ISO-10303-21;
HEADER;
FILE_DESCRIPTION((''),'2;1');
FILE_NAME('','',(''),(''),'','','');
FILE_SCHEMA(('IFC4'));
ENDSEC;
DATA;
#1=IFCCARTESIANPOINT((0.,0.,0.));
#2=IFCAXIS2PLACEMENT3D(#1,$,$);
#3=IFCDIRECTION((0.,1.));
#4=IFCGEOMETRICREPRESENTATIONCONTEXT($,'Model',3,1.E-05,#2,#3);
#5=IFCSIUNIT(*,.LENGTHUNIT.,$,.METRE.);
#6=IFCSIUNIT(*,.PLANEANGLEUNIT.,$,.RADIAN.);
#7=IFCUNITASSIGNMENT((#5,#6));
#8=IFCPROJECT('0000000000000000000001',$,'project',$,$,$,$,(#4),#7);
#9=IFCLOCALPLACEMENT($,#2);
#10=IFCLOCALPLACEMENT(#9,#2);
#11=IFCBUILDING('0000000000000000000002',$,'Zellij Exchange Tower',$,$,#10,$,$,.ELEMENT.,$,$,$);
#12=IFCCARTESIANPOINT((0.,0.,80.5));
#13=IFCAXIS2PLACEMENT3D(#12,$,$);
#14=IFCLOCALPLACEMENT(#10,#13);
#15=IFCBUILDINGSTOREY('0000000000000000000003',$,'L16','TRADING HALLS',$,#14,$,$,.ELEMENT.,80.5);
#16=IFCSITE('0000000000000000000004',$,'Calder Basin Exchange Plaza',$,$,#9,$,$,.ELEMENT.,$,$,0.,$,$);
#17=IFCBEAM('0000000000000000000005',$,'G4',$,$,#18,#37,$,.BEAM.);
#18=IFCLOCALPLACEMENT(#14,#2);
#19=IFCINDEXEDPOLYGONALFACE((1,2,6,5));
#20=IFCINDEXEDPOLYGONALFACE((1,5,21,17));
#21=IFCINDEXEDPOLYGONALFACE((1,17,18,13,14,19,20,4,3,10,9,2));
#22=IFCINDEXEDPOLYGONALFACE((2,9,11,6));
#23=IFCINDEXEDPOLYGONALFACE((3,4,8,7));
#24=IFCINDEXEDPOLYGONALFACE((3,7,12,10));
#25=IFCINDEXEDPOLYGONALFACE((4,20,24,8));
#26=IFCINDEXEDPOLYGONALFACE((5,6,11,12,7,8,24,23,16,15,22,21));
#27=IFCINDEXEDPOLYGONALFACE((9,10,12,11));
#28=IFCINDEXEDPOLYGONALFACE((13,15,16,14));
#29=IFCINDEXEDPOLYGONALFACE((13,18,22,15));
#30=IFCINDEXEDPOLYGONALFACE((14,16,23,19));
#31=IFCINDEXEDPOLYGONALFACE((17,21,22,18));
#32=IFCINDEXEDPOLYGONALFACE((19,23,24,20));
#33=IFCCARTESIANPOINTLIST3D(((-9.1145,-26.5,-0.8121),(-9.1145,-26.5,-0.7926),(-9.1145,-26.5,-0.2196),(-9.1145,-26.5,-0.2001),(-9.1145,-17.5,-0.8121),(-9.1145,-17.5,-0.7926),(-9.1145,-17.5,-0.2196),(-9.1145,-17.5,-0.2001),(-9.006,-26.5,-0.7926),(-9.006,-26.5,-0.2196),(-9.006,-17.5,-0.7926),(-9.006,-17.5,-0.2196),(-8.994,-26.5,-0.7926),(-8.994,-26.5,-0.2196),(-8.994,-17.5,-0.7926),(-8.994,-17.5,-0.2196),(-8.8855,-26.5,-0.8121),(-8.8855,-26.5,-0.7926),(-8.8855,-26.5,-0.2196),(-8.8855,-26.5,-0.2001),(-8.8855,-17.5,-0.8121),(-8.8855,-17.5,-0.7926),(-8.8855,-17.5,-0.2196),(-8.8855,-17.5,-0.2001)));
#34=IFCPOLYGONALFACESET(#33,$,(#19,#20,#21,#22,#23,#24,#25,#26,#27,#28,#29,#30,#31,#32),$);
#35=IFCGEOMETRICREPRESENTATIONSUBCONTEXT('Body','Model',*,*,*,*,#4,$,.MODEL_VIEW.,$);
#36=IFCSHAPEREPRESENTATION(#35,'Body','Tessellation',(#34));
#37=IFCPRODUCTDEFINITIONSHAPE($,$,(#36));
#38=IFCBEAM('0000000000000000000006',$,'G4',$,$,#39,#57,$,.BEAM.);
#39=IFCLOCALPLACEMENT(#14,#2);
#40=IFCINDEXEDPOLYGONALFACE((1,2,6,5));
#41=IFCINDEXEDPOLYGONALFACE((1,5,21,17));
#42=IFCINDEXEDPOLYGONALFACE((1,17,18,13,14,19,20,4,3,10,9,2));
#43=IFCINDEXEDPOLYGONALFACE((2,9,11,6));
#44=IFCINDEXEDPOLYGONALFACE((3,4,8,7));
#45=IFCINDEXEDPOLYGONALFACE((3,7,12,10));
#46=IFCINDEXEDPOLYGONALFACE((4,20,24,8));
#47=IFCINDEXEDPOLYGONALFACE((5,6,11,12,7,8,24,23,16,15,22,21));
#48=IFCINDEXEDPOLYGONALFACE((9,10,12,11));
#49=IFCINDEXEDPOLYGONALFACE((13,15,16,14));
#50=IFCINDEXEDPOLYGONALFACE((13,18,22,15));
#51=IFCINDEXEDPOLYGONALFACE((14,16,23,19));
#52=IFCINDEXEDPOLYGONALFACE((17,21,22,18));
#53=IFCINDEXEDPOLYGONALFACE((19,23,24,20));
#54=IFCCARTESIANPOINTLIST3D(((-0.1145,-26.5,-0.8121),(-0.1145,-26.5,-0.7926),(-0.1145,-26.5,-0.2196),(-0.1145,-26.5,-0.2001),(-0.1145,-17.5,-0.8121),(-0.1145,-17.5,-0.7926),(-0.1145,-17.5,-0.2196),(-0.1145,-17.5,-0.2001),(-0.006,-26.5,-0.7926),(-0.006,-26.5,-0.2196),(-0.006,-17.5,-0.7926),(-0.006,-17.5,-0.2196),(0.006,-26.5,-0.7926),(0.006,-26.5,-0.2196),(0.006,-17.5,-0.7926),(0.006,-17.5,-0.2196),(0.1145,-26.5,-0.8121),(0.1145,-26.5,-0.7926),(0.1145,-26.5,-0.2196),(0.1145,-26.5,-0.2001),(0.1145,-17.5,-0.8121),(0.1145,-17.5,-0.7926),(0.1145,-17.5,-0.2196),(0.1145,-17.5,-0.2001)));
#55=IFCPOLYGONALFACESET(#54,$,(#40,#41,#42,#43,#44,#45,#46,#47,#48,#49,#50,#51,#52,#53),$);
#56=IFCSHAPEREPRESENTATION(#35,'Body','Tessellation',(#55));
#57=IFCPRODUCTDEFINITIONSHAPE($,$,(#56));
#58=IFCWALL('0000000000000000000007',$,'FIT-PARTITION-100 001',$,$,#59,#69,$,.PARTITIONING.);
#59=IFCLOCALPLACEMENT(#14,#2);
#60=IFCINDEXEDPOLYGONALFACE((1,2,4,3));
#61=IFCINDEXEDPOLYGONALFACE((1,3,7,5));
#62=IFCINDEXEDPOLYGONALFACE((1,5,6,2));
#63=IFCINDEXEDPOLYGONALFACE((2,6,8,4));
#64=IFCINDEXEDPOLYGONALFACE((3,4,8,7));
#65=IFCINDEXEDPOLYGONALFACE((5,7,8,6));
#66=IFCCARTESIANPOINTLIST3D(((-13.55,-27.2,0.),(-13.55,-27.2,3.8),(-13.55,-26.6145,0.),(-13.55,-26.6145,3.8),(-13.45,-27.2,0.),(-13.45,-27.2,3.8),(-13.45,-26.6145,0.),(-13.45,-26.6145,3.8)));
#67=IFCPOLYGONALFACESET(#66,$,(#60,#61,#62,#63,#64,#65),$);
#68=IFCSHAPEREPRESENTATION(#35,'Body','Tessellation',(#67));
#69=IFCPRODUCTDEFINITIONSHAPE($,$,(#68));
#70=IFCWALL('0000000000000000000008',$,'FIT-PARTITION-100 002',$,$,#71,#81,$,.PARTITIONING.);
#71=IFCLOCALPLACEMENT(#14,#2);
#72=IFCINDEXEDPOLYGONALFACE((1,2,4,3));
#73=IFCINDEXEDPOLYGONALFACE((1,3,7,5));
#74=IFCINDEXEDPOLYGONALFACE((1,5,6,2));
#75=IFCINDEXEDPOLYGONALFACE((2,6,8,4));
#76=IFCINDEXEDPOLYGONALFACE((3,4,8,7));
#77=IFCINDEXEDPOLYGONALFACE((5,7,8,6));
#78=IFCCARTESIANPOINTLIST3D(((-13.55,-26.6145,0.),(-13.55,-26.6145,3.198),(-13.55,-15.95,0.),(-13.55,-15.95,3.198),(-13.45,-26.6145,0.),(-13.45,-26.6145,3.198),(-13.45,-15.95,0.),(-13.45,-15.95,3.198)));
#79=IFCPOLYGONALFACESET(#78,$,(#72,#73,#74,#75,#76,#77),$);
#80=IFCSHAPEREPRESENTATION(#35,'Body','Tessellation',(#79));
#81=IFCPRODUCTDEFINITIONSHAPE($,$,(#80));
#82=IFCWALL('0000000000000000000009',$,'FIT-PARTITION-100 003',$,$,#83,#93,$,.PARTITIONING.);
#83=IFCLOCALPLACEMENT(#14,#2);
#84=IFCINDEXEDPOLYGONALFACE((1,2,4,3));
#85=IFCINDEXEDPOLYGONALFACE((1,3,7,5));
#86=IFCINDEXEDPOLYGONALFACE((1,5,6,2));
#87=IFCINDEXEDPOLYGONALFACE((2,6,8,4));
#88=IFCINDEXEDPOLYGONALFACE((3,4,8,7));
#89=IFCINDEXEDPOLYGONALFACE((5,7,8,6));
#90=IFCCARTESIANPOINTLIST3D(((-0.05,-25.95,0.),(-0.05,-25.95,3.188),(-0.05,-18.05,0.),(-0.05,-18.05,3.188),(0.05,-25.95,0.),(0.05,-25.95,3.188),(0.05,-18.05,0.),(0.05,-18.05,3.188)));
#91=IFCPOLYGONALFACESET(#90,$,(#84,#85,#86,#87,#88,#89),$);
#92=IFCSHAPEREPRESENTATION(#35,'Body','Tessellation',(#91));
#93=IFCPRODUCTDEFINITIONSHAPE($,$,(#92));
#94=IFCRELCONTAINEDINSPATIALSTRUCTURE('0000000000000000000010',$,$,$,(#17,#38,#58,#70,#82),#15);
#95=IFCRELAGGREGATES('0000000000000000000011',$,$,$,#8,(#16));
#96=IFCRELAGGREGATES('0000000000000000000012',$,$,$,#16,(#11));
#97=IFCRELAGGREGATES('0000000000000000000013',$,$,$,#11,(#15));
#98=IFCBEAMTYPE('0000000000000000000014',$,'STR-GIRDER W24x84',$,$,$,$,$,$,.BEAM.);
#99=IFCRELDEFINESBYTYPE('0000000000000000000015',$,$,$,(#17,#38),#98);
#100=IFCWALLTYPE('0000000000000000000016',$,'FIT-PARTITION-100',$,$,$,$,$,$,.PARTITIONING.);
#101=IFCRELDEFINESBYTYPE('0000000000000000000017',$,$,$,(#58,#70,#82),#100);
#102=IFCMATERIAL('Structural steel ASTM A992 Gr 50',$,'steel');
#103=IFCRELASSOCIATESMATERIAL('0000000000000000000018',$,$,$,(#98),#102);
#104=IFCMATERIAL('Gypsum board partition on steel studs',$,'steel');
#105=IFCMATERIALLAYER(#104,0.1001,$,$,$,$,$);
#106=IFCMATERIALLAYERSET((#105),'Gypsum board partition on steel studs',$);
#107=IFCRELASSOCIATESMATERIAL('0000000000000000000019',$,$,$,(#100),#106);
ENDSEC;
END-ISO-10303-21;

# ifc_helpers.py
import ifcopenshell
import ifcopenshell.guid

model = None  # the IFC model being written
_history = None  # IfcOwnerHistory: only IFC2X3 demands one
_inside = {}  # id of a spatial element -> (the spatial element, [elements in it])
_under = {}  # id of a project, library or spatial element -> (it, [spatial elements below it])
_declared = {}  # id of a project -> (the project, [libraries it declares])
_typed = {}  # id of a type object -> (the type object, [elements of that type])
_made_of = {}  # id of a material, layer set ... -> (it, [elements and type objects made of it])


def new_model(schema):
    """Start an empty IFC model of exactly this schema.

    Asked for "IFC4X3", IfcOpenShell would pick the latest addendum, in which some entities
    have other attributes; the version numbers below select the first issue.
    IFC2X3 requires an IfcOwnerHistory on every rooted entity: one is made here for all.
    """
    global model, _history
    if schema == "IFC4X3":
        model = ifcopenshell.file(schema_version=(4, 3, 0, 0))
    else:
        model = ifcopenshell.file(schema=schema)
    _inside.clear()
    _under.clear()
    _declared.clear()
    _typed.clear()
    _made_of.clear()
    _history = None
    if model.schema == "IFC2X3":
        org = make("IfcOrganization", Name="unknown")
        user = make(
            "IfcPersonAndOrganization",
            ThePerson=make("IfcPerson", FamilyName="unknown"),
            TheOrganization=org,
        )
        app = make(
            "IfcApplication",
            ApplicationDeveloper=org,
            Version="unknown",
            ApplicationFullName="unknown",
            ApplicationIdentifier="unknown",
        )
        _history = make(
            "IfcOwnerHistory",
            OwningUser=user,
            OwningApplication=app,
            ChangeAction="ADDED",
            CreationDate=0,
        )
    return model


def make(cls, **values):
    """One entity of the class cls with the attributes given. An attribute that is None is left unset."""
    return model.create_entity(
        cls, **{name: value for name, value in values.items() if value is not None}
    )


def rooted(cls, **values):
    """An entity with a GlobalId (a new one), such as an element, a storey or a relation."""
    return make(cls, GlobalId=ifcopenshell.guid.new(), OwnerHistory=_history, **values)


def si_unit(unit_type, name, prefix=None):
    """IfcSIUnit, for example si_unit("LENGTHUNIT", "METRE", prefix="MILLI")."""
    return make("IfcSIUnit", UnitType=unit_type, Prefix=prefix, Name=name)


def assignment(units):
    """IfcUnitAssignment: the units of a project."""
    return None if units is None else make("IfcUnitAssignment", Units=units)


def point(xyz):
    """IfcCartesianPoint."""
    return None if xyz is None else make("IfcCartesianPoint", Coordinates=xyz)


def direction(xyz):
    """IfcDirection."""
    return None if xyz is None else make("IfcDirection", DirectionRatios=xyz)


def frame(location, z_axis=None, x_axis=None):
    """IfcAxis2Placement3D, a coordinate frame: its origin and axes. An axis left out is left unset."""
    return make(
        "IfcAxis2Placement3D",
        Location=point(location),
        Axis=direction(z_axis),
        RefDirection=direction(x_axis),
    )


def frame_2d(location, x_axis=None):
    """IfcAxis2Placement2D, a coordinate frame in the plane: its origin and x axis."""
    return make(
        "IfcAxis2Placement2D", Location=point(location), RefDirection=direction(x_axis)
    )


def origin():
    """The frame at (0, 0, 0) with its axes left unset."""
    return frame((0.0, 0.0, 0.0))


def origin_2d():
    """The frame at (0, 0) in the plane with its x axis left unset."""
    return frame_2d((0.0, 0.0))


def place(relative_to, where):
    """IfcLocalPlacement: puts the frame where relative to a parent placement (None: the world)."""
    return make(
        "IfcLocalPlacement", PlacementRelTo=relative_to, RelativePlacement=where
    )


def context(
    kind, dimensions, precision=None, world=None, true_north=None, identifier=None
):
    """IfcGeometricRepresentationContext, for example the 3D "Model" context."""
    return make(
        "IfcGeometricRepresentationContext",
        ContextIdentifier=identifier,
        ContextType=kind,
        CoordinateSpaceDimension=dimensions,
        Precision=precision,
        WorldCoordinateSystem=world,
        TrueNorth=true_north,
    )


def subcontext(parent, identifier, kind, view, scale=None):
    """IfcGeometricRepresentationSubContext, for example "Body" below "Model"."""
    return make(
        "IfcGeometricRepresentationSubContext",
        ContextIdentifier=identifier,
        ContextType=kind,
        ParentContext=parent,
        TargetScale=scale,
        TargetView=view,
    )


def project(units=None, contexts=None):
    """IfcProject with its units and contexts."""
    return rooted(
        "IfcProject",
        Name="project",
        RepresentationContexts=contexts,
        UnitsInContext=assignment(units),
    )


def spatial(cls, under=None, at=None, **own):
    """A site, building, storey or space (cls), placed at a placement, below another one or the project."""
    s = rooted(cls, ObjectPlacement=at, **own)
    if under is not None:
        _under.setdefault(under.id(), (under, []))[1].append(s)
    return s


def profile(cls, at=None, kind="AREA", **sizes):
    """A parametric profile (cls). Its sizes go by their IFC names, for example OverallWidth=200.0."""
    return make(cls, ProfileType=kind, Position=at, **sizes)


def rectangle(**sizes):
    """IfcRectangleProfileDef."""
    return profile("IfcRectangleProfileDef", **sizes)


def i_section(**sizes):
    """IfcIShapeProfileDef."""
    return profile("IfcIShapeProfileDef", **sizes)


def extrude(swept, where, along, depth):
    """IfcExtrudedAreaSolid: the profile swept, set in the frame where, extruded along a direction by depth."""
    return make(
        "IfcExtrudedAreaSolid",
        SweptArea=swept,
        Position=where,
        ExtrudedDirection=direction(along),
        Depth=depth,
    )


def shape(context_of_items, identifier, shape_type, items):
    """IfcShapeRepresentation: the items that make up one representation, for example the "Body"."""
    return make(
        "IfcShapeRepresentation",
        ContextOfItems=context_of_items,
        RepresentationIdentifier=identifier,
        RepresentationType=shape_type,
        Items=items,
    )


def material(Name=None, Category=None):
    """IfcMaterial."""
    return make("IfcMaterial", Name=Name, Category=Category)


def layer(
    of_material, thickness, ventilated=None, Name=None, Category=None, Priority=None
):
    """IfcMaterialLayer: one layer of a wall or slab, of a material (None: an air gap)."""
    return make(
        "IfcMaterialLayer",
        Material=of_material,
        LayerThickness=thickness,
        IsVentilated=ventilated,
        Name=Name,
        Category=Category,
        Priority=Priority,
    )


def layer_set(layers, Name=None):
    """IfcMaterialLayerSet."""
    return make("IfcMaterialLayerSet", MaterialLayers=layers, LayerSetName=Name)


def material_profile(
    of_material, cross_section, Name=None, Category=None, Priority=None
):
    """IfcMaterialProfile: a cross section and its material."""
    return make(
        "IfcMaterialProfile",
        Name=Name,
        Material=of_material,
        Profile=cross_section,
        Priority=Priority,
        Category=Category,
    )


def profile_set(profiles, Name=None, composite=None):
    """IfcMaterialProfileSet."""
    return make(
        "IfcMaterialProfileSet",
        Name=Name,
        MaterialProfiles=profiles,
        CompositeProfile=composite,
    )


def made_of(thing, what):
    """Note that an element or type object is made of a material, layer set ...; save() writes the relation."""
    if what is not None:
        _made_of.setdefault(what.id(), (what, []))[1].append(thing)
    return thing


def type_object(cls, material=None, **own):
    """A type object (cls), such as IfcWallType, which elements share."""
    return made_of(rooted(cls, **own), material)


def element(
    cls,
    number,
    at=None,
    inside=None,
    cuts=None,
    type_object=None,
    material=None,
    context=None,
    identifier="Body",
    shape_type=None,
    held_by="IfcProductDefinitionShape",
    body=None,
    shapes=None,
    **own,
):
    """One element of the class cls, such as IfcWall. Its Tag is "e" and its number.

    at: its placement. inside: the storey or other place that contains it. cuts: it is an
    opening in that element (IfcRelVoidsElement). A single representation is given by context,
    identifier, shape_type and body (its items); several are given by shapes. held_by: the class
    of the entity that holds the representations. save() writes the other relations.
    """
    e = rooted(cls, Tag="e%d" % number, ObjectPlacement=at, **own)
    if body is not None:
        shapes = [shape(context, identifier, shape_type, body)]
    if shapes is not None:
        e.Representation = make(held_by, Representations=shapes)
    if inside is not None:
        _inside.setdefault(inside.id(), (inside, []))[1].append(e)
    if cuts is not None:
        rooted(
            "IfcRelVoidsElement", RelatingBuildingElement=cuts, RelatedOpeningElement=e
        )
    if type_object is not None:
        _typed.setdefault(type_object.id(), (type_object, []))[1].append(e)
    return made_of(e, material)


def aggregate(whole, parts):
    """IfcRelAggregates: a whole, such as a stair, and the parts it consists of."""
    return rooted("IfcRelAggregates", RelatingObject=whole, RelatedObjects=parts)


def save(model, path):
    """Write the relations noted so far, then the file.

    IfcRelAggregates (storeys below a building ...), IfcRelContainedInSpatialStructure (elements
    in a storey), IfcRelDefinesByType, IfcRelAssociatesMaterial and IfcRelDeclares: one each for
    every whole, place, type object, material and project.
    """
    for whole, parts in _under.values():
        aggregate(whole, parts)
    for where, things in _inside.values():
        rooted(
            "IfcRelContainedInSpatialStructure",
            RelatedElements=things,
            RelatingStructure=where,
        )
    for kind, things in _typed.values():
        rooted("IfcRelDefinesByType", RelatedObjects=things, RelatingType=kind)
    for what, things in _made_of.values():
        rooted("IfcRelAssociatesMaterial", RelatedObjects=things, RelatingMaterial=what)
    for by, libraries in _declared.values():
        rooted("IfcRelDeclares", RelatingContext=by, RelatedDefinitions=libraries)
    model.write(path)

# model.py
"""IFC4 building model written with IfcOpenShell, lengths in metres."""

from ifc_helpers import new_model, si_unit, direction, frame, frame_2d, origin, origin_2d, place, context, subcontext, project, spatial, rectangle, i_section, extrude, material, layer, layer_set, material_profile, profile_set, type_object, element, save


model = new_model("IFC4")

# Units and contexts
model_context = context("Model", 3, precision=1e-05, world=origin(), true_north=direction((0.0, 1.0)))
body_context = subcontext(model_context, "Body", "Model", "MODEL_VIEW")
ifc_project = project(units=[si_unit("LENGTHUNIT", "METRE"), si_unit("PLANEANGLEUNIT", "RADIAN")], contexts=[model_context])

# Site, building, storey
site_placement = place(None, origin())
site = spatial("IfcSite", under=ifc_project, at=site_placement, Name="Calder Basin Exchange Plaza", CompositionType="ELEMENT", RefElevation=0.0)
building_placement = place(site_placement, origin())
building = spatial("IfcBuilding", under=site, at=building_placement, Name="Zellij Exchange Tower", CompositionType="ELEMENT")
storey_placement = place(building_placement, frame((0.0, 0.0, 80.5)))
storey = spatial("IfcBuildingStorey", under=building, at=storey_placement, Name="L16", Description="TRADING HALLS", CompositionType="ELEMENT", Elevation=80.5)

# Beams
ifc_material_1 = material(Name="Structural steel ASTM A992 Gr 50", Category="steel")
ifc_material_profile_1 = material_profile(ifc_material_1, i_section(OverallWidth=0.229, OverallDepth=0.6121, WebThickness=0.012, FlangeThickness=0.0195, at=origin_2d()), Name="W24x84")
ifc_profile_set_1 = profile_set([ifc_material_profile_1], Name="Structural steel ASTM A992 Gr 50")
beam_type_1 = type_object("IfcBeamType", Name="STR-GIRDER W24x84", PredefinedType="BEAM", material=ifc_profile_set_1)
for number, where, z_axis, x_axis, name in (
    (1, (-9.0, -26.5, -0.5061), (0.0, 1.0, 0.0), (-1.0, 0.0, 0.0), "G4"),
    (2, (0.0, -26.5, -0.5061), (0.0, 1.0, 0.0), (-1.0, 0.0, 0.0), "G4"),
):
    element("IfcBeam", number, at=place(storey_placement, frame(where, z_axis=z_axis, x_axis=x_axis)), inside=storey, type_object=beam_type_1, Name=name, PredefinedType="BEAM", context=body_context, shape_type="SweptSolid", body=[
        extrude(i_section(OverallWidth=0.229, OverallDepth=0.6121, WebThickness=0.012, FlangeThickness=0.0195, at=origin_2d()), origin(), (0.0, 0.0, 1.0), 9.0),
    ])

# Walls
ifc_material_2 = material(Name="Gypsum board partition on steel studs", Category="steel")
ifc_layer = layer(ifc_material_2, 0.1001)
ifc_layer_set = layer_set([ifc_layer], Name="Gypsum board partition on steel studs")
wall_type = type_object("IfcWallType", Name="FIT-PARTITION-100", PredefinedType="PARTITIONING", material=ifc_layer_set)
wall_1_placement = place(storey_placement, frame((-13.5, -27.2, 0.0), z_axis=(0.0, 0.0, 1.0), x_axis=(0.0, 1.0, 0.0)))
element("IfcWall", 3, at=wall_1_placement, inside=storey, type_object=wall_type, Name="FIT-PARTITION-100 001", PredefinedType="PARTITIONING", context=body_context, shape_type="SweptSolid", body=[
    extrude(rectangle(XDim=0.5854, YDim=0.1001, at=frame_2d((0.2927, 0.0))), origin(), (0.0, 0.0, 1.0), 3.8),
])
wall_2_placement = place(storey_placement, frame((-13.5, -26.6145, 0.0), z_axis=(0.0, 0.0, 1.0), x_axis=(0.0, 1.0, 0.0)))
element("IfcWall", 4, at=wall_2_placement, inside=storey, type_object=wall_type, Name="FIT-PARTITION-100 002", PredefinedType="PARTITIONING", context=body_context, shape_type="SweptSolid", body=[
    extrude(rectangle(XDim=10.6646, YDim=0.1001, at=frame_2d((5.3323, 0.0))), origin(), (0.0, 0.0, 1.0), 3.198),
])
wall_3_placement = place(storey_placement, frame((0.0, -25.95, 0.0), z_axis=(0.0, 0.0, 1.0), x_axis=(0.0, 1.0, 0.0)))
element("IfcWall", 5, at=wall_3_placement, inside=storey, type_object=wall_type, Name="FIT-PARTITION-100 003", PredefinedType="PARTITIONING", context=body_context, shape_type="SweptSolid", body=[
    extrude(rectangle(XDim=7.8999, YDim=0.1001, at=frame_2d((3.95, 0.0))), origin(), (0.0, 0.0, 1.0), 3.188),
])

save(model, "model.ifc")
